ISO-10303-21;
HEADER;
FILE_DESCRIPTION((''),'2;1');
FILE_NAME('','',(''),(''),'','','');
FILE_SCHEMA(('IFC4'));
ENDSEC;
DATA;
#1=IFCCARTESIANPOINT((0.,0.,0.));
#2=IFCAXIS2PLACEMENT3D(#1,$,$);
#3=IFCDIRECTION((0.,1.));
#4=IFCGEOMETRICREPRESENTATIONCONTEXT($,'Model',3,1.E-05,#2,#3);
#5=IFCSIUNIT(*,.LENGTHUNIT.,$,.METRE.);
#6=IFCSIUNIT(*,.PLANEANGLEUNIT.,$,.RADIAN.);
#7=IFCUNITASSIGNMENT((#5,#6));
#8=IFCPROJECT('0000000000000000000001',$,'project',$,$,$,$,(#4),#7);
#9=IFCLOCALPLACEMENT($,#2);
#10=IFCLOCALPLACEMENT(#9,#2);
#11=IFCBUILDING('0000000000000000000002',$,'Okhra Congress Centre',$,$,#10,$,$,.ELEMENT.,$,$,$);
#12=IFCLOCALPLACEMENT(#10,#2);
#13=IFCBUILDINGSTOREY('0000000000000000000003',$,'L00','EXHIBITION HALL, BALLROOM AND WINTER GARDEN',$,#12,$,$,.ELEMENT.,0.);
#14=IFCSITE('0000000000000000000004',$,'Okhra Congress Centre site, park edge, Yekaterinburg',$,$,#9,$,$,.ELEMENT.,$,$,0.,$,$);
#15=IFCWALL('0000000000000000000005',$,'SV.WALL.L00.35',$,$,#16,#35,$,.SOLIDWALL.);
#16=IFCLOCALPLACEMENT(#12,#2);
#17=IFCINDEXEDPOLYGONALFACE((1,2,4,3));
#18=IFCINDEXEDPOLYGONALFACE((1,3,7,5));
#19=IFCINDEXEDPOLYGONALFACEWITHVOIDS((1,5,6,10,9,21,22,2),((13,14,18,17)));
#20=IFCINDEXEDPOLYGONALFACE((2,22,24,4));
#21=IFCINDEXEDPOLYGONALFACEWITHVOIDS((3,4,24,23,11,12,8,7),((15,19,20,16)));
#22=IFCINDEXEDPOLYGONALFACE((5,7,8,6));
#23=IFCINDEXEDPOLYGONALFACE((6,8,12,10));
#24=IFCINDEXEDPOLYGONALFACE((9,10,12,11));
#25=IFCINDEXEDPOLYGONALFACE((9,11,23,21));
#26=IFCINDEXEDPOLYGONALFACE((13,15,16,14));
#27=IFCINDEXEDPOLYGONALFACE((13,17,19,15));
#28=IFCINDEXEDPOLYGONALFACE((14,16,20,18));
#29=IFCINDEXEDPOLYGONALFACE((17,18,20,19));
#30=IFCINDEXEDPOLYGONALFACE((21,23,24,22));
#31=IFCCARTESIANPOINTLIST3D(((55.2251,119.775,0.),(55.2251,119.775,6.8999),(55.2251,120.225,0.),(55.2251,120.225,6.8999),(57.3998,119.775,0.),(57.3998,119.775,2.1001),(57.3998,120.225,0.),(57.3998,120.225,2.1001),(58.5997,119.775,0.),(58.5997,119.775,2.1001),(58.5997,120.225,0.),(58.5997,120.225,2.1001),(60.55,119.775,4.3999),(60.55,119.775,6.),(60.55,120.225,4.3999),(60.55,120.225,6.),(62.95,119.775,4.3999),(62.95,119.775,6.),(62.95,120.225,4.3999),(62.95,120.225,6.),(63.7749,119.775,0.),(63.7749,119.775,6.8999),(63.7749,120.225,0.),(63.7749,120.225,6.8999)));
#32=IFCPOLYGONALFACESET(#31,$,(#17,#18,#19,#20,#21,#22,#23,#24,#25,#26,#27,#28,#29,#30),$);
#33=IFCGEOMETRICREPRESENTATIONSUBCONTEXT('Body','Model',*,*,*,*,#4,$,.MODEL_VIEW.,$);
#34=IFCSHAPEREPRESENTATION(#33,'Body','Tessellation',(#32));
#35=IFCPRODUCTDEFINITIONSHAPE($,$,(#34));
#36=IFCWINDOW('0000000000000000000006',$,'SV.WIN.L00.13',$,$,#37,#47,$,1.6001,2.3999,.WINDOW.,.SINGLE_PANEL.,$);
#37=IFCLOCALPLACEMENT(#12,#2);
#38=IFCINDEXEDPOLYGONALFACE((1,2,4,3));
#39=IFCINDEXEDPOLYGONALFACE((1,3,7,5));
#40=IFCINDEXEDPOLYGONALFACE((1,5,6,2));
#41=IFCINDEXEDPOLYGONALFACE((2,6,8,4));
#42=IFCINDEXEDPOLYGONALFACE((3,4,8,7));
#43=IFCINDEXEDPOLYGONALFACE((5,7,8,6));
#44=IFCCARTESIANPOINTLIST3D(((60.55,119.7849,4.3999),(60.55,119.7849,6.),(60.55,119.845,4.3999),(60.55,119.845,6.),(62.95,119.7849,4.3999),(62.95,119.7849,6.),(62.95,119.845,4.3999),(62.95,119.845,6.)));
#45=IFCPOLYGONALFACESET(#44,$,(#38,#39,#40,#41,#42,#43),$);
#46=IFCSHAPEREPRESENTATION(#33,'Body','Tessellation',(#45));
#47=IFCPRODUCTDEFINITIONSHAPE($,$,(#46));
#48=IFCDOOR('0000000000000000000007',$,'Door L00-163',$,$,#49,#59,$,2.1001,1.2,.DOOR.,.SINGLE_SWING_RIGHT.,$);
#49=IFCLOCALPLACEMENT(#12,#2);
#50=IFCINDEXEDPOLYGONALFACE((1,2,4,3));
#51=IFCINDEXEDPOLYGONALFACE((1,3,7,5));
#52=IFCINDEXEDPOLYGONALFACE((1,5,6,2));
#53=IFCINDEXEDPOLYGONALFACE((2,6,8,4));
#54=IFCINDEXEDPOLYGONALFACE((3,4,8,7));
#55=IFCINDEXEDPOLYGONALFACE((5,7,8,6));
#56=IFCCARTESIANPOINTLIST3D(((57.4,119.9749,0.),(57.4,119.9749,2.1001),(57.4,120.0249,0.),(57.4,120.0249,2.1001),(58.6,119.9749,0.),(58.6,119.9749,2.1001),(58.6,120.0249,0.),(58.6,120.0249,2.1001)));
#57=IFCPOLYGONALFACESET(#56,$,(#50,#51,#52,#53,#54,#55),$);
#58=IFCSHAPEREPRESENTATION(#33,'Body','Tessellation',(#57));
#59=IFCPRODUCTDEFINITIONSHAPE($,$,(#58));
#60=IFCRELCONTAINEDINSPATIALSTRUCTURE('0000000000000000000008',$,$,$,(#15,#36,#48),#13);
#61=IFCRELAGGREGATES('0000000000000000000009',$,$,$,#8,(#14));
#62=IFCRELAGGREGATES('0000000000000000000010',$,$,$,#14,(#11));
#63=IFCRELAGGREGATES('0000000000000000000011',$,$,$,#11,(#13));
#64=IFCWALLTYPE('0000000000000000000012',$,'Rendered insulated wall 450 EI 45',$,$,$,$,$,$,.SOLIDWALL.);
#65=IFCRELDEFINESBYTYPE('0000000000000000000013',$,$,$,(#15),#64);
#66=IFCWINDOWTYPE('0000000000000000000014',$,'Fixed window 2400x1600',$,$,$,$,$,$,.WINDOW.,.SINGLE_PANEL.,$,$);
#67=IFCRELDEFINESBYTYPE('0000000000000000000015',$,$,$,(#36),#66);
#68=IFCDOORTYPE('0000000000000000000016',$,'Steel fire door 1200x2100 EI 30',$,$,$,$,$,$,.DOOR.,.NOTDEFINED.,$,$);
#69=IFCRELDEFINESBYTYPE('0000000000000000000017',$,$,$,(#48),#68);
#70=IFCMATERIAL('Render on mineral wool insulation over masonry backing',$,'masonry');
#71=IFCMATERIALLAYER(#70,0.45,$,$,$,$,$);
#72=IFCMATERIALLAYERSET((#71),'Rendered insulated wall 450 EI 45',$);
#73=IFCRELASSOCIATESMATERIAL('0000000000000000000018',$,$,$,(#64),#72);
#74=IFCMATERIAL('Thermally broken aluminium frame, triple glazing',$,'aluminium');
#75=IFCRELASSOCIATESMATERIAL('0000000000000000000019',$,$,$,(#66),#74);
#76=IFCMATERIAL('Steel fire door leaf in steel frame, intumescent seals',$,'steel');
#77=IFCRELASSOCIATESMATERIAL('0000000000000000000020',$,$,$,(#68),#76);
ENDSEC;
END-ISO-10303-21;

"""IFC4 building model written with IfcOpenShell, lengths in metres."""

from ifc_helpers import new_model, si_unit, direction, frame, frame_2d, origin, place, context, subcontext, project, spatial, rectangle, extrude, material, layer, layer_set, type_object, element, fill, save


model = new_model("IFC4")

# Units and contexts
model_context = context("Model", 3, precision=1e-05, world=origin(), true_north=direction((0.0, 1.0)))
body_context = subcontext(model_context, "Body", "Model", "MODEL_VIEW")
ifc_project = project(units=[si_unit("LENGTHUNIT", "METRE"), si_unit("PLANEANGLEUNIT", "RADIAN")], contexts=[model_context])

# Site, building, storey
site_placement = place(None, origin())
site = spatial("IfcSite", under=ifc_project, at=site_placement, Name="Okhra Congress Centre site, park edge, Yekaterinburg", CompositionType="ELEMENT", RefElevation=0.0)
building_placement = place(site_placement, origin())
building = spatial("IfcBuilding", under=site, at=building_placement, Name="Okhra Congress Centre", CompositionType="ELEMENT")
storey_placement = place(building_placement, origin())
storey = spatial("IfcBuildingStorey", under=building, at=storey_placement, Name="L00", Description="EXHIBITION HALL, BALLROOM AND WINTER GARDEN", CompositionType="ELEMENT", Elevation=0.0)

# Wall, openings, window, door
ifc_material_1 = material(Name="Render on mineral wool insulation over masonry backing", Category="masonry")
ifc_layer_1 = layer(ifc_material_1, 0.45)
ifc_layer_set_1 = layer_set([ifc_layer_1], Name="Rendered insulated wall 450 EI 45")
wall_type_1 = type_object("IfcWallType", Name="Rendered insulated wall 450 EI 45", PredefinedType="SOLIDWALL", material=ifc_layer_set_1)
wall_1_placement = place(storey_placement, frame((63.7749, 120.0, 0.0), z_axis=(0.0, 0.0, 1.0), x_axis=(-1.0, 0.0, 0.0)))
wall_1 = element("IfcWall", 1, at=wall_1_placement, inside=storey, type_object=wall_type_1, Name="SV.WALL.L00.35", PredefinedType="SOLIDWALL", context=body_context, shape_type="SweptSolid", body=[
    extrude(rectangle(XDim=8.5498, YDim=0.45, at=frame_2d((4.2749, 0.0))), origin(), (0.0, 0.0, 1.0), 6.8999),
])
opening_1_placement = place(wall_1_placement, frame((5.175, 0.0, 0.0)))
opening_1 = element("IfcOpeningElement", 2, at=opening_1_placement, cuts=wall_1, PredefinedType="OPENING", context=body_context, shape_type="SweptSolid", body=[
    extrude(rectangle(XDim=1.2, YDim=2.1001, at=frame_2d((0.6001, 1.05))), frame((0.0, 0.2349, 0.0), z_axis=(0.0, -1.0, 0.0), x_axis=(1.0, 0.0, 0.0)), (0.0, 0.0, 1.0), 0.47),
])
opening_2_placement = place(wall_1_placement, frame((0.825, 0.0, 4.3999)))
opening_2 = element("IfcOpeningElement", 3, at=opening_2_placement, cuts=wall_1, PredefinedType="OPENING", context=body_context, shape_type="SweptSolid", body=[
    extrude(rectangle(XDim=2.3999, YDim=1.6001, at=frame_2d((1.2, 0.8))), frame((0.0, 0.2349, 0.0), z_axis=(0.0, -1.0, 0.0), x_axis=(1.0, 0.0, 0.0)), (0.0, 0.0, 1.0), 0.47),
])
ifc_material_2 = material(Name="Thermally broken aluminium frame, triple glazing", Category="aluminium")
window_type = type_object("IfcWindowType", Name="Fixed window 2400x1600", PartitioningType="SINGLE_PANEL", PredefinedType="WINDOW", material=ifc_material_2)
window_placement = place(opening_2_placement, origin())
window = element("IfcWindow", 4, at=window_placement, inside=storey, type_object=window_type, Name="SV.WIN.L00.13", OverallHeight=1.6001, OverallWidth=2.3999, PartitioningType="SINGLE_PANEL", PredefinedType="WINDOW", context=body_context, shape_type="SweptSolid", body=[
    extrude(rectangle(XDim=2.3999, YDim=1.6001, at=frame_2d((1.2, 0.8))), frame((0.0, 0.2151, 0.0), z_axis=(0.0, -1.0, 0.0), x_axis=(1.0, 0.0, 0.0)), (0.0, 0.0, 1.0), 0.0601),
])
fill(opening_2, window)
ifc_material_3 = material(Name="Steel fire door leaf in steel frame, intumescent seals", Category="steel")
door_type_1 = type_object("IfcDoorType", Name="Steel fire door 1200x2100 EI 30", OperationType="NOTDEFINED", PredefinedType="DOOR", material=ifc_material_3)
door_1_placement = place(opening_1_placement, frame((1.2, 0.0, 0.0), z_axis=(0.0, 0.0, 1.0), x_axis=(-1.0, 0.0, 0.0)))
door_1 = element("IfcDoor", 5, at=door_1_placement, inside=storey, type_object=door_type_1, Name="Door L00-163", OperationType="SINGLE_SWING_RIGHT", OverallHeight=2.1001, OverallWidth=1.2, PredefinedType="DOOR", context=body_context, shape_type="SweptSolid", body=[
    extrude(rectangle(XDim=1.2, YDim=2.1001, at=frame_2d((0.6001, 1.05))), frame((0.0, 0.0249, 0.0), z_axis=(0.0, -1.0, 0.0), x_axis=(1.0, 0.0, 0.0)), (0.0, 0.0, 1.0), 0.05),
])
fill(opening_1, door_1)

save(model, "model.ifc")
